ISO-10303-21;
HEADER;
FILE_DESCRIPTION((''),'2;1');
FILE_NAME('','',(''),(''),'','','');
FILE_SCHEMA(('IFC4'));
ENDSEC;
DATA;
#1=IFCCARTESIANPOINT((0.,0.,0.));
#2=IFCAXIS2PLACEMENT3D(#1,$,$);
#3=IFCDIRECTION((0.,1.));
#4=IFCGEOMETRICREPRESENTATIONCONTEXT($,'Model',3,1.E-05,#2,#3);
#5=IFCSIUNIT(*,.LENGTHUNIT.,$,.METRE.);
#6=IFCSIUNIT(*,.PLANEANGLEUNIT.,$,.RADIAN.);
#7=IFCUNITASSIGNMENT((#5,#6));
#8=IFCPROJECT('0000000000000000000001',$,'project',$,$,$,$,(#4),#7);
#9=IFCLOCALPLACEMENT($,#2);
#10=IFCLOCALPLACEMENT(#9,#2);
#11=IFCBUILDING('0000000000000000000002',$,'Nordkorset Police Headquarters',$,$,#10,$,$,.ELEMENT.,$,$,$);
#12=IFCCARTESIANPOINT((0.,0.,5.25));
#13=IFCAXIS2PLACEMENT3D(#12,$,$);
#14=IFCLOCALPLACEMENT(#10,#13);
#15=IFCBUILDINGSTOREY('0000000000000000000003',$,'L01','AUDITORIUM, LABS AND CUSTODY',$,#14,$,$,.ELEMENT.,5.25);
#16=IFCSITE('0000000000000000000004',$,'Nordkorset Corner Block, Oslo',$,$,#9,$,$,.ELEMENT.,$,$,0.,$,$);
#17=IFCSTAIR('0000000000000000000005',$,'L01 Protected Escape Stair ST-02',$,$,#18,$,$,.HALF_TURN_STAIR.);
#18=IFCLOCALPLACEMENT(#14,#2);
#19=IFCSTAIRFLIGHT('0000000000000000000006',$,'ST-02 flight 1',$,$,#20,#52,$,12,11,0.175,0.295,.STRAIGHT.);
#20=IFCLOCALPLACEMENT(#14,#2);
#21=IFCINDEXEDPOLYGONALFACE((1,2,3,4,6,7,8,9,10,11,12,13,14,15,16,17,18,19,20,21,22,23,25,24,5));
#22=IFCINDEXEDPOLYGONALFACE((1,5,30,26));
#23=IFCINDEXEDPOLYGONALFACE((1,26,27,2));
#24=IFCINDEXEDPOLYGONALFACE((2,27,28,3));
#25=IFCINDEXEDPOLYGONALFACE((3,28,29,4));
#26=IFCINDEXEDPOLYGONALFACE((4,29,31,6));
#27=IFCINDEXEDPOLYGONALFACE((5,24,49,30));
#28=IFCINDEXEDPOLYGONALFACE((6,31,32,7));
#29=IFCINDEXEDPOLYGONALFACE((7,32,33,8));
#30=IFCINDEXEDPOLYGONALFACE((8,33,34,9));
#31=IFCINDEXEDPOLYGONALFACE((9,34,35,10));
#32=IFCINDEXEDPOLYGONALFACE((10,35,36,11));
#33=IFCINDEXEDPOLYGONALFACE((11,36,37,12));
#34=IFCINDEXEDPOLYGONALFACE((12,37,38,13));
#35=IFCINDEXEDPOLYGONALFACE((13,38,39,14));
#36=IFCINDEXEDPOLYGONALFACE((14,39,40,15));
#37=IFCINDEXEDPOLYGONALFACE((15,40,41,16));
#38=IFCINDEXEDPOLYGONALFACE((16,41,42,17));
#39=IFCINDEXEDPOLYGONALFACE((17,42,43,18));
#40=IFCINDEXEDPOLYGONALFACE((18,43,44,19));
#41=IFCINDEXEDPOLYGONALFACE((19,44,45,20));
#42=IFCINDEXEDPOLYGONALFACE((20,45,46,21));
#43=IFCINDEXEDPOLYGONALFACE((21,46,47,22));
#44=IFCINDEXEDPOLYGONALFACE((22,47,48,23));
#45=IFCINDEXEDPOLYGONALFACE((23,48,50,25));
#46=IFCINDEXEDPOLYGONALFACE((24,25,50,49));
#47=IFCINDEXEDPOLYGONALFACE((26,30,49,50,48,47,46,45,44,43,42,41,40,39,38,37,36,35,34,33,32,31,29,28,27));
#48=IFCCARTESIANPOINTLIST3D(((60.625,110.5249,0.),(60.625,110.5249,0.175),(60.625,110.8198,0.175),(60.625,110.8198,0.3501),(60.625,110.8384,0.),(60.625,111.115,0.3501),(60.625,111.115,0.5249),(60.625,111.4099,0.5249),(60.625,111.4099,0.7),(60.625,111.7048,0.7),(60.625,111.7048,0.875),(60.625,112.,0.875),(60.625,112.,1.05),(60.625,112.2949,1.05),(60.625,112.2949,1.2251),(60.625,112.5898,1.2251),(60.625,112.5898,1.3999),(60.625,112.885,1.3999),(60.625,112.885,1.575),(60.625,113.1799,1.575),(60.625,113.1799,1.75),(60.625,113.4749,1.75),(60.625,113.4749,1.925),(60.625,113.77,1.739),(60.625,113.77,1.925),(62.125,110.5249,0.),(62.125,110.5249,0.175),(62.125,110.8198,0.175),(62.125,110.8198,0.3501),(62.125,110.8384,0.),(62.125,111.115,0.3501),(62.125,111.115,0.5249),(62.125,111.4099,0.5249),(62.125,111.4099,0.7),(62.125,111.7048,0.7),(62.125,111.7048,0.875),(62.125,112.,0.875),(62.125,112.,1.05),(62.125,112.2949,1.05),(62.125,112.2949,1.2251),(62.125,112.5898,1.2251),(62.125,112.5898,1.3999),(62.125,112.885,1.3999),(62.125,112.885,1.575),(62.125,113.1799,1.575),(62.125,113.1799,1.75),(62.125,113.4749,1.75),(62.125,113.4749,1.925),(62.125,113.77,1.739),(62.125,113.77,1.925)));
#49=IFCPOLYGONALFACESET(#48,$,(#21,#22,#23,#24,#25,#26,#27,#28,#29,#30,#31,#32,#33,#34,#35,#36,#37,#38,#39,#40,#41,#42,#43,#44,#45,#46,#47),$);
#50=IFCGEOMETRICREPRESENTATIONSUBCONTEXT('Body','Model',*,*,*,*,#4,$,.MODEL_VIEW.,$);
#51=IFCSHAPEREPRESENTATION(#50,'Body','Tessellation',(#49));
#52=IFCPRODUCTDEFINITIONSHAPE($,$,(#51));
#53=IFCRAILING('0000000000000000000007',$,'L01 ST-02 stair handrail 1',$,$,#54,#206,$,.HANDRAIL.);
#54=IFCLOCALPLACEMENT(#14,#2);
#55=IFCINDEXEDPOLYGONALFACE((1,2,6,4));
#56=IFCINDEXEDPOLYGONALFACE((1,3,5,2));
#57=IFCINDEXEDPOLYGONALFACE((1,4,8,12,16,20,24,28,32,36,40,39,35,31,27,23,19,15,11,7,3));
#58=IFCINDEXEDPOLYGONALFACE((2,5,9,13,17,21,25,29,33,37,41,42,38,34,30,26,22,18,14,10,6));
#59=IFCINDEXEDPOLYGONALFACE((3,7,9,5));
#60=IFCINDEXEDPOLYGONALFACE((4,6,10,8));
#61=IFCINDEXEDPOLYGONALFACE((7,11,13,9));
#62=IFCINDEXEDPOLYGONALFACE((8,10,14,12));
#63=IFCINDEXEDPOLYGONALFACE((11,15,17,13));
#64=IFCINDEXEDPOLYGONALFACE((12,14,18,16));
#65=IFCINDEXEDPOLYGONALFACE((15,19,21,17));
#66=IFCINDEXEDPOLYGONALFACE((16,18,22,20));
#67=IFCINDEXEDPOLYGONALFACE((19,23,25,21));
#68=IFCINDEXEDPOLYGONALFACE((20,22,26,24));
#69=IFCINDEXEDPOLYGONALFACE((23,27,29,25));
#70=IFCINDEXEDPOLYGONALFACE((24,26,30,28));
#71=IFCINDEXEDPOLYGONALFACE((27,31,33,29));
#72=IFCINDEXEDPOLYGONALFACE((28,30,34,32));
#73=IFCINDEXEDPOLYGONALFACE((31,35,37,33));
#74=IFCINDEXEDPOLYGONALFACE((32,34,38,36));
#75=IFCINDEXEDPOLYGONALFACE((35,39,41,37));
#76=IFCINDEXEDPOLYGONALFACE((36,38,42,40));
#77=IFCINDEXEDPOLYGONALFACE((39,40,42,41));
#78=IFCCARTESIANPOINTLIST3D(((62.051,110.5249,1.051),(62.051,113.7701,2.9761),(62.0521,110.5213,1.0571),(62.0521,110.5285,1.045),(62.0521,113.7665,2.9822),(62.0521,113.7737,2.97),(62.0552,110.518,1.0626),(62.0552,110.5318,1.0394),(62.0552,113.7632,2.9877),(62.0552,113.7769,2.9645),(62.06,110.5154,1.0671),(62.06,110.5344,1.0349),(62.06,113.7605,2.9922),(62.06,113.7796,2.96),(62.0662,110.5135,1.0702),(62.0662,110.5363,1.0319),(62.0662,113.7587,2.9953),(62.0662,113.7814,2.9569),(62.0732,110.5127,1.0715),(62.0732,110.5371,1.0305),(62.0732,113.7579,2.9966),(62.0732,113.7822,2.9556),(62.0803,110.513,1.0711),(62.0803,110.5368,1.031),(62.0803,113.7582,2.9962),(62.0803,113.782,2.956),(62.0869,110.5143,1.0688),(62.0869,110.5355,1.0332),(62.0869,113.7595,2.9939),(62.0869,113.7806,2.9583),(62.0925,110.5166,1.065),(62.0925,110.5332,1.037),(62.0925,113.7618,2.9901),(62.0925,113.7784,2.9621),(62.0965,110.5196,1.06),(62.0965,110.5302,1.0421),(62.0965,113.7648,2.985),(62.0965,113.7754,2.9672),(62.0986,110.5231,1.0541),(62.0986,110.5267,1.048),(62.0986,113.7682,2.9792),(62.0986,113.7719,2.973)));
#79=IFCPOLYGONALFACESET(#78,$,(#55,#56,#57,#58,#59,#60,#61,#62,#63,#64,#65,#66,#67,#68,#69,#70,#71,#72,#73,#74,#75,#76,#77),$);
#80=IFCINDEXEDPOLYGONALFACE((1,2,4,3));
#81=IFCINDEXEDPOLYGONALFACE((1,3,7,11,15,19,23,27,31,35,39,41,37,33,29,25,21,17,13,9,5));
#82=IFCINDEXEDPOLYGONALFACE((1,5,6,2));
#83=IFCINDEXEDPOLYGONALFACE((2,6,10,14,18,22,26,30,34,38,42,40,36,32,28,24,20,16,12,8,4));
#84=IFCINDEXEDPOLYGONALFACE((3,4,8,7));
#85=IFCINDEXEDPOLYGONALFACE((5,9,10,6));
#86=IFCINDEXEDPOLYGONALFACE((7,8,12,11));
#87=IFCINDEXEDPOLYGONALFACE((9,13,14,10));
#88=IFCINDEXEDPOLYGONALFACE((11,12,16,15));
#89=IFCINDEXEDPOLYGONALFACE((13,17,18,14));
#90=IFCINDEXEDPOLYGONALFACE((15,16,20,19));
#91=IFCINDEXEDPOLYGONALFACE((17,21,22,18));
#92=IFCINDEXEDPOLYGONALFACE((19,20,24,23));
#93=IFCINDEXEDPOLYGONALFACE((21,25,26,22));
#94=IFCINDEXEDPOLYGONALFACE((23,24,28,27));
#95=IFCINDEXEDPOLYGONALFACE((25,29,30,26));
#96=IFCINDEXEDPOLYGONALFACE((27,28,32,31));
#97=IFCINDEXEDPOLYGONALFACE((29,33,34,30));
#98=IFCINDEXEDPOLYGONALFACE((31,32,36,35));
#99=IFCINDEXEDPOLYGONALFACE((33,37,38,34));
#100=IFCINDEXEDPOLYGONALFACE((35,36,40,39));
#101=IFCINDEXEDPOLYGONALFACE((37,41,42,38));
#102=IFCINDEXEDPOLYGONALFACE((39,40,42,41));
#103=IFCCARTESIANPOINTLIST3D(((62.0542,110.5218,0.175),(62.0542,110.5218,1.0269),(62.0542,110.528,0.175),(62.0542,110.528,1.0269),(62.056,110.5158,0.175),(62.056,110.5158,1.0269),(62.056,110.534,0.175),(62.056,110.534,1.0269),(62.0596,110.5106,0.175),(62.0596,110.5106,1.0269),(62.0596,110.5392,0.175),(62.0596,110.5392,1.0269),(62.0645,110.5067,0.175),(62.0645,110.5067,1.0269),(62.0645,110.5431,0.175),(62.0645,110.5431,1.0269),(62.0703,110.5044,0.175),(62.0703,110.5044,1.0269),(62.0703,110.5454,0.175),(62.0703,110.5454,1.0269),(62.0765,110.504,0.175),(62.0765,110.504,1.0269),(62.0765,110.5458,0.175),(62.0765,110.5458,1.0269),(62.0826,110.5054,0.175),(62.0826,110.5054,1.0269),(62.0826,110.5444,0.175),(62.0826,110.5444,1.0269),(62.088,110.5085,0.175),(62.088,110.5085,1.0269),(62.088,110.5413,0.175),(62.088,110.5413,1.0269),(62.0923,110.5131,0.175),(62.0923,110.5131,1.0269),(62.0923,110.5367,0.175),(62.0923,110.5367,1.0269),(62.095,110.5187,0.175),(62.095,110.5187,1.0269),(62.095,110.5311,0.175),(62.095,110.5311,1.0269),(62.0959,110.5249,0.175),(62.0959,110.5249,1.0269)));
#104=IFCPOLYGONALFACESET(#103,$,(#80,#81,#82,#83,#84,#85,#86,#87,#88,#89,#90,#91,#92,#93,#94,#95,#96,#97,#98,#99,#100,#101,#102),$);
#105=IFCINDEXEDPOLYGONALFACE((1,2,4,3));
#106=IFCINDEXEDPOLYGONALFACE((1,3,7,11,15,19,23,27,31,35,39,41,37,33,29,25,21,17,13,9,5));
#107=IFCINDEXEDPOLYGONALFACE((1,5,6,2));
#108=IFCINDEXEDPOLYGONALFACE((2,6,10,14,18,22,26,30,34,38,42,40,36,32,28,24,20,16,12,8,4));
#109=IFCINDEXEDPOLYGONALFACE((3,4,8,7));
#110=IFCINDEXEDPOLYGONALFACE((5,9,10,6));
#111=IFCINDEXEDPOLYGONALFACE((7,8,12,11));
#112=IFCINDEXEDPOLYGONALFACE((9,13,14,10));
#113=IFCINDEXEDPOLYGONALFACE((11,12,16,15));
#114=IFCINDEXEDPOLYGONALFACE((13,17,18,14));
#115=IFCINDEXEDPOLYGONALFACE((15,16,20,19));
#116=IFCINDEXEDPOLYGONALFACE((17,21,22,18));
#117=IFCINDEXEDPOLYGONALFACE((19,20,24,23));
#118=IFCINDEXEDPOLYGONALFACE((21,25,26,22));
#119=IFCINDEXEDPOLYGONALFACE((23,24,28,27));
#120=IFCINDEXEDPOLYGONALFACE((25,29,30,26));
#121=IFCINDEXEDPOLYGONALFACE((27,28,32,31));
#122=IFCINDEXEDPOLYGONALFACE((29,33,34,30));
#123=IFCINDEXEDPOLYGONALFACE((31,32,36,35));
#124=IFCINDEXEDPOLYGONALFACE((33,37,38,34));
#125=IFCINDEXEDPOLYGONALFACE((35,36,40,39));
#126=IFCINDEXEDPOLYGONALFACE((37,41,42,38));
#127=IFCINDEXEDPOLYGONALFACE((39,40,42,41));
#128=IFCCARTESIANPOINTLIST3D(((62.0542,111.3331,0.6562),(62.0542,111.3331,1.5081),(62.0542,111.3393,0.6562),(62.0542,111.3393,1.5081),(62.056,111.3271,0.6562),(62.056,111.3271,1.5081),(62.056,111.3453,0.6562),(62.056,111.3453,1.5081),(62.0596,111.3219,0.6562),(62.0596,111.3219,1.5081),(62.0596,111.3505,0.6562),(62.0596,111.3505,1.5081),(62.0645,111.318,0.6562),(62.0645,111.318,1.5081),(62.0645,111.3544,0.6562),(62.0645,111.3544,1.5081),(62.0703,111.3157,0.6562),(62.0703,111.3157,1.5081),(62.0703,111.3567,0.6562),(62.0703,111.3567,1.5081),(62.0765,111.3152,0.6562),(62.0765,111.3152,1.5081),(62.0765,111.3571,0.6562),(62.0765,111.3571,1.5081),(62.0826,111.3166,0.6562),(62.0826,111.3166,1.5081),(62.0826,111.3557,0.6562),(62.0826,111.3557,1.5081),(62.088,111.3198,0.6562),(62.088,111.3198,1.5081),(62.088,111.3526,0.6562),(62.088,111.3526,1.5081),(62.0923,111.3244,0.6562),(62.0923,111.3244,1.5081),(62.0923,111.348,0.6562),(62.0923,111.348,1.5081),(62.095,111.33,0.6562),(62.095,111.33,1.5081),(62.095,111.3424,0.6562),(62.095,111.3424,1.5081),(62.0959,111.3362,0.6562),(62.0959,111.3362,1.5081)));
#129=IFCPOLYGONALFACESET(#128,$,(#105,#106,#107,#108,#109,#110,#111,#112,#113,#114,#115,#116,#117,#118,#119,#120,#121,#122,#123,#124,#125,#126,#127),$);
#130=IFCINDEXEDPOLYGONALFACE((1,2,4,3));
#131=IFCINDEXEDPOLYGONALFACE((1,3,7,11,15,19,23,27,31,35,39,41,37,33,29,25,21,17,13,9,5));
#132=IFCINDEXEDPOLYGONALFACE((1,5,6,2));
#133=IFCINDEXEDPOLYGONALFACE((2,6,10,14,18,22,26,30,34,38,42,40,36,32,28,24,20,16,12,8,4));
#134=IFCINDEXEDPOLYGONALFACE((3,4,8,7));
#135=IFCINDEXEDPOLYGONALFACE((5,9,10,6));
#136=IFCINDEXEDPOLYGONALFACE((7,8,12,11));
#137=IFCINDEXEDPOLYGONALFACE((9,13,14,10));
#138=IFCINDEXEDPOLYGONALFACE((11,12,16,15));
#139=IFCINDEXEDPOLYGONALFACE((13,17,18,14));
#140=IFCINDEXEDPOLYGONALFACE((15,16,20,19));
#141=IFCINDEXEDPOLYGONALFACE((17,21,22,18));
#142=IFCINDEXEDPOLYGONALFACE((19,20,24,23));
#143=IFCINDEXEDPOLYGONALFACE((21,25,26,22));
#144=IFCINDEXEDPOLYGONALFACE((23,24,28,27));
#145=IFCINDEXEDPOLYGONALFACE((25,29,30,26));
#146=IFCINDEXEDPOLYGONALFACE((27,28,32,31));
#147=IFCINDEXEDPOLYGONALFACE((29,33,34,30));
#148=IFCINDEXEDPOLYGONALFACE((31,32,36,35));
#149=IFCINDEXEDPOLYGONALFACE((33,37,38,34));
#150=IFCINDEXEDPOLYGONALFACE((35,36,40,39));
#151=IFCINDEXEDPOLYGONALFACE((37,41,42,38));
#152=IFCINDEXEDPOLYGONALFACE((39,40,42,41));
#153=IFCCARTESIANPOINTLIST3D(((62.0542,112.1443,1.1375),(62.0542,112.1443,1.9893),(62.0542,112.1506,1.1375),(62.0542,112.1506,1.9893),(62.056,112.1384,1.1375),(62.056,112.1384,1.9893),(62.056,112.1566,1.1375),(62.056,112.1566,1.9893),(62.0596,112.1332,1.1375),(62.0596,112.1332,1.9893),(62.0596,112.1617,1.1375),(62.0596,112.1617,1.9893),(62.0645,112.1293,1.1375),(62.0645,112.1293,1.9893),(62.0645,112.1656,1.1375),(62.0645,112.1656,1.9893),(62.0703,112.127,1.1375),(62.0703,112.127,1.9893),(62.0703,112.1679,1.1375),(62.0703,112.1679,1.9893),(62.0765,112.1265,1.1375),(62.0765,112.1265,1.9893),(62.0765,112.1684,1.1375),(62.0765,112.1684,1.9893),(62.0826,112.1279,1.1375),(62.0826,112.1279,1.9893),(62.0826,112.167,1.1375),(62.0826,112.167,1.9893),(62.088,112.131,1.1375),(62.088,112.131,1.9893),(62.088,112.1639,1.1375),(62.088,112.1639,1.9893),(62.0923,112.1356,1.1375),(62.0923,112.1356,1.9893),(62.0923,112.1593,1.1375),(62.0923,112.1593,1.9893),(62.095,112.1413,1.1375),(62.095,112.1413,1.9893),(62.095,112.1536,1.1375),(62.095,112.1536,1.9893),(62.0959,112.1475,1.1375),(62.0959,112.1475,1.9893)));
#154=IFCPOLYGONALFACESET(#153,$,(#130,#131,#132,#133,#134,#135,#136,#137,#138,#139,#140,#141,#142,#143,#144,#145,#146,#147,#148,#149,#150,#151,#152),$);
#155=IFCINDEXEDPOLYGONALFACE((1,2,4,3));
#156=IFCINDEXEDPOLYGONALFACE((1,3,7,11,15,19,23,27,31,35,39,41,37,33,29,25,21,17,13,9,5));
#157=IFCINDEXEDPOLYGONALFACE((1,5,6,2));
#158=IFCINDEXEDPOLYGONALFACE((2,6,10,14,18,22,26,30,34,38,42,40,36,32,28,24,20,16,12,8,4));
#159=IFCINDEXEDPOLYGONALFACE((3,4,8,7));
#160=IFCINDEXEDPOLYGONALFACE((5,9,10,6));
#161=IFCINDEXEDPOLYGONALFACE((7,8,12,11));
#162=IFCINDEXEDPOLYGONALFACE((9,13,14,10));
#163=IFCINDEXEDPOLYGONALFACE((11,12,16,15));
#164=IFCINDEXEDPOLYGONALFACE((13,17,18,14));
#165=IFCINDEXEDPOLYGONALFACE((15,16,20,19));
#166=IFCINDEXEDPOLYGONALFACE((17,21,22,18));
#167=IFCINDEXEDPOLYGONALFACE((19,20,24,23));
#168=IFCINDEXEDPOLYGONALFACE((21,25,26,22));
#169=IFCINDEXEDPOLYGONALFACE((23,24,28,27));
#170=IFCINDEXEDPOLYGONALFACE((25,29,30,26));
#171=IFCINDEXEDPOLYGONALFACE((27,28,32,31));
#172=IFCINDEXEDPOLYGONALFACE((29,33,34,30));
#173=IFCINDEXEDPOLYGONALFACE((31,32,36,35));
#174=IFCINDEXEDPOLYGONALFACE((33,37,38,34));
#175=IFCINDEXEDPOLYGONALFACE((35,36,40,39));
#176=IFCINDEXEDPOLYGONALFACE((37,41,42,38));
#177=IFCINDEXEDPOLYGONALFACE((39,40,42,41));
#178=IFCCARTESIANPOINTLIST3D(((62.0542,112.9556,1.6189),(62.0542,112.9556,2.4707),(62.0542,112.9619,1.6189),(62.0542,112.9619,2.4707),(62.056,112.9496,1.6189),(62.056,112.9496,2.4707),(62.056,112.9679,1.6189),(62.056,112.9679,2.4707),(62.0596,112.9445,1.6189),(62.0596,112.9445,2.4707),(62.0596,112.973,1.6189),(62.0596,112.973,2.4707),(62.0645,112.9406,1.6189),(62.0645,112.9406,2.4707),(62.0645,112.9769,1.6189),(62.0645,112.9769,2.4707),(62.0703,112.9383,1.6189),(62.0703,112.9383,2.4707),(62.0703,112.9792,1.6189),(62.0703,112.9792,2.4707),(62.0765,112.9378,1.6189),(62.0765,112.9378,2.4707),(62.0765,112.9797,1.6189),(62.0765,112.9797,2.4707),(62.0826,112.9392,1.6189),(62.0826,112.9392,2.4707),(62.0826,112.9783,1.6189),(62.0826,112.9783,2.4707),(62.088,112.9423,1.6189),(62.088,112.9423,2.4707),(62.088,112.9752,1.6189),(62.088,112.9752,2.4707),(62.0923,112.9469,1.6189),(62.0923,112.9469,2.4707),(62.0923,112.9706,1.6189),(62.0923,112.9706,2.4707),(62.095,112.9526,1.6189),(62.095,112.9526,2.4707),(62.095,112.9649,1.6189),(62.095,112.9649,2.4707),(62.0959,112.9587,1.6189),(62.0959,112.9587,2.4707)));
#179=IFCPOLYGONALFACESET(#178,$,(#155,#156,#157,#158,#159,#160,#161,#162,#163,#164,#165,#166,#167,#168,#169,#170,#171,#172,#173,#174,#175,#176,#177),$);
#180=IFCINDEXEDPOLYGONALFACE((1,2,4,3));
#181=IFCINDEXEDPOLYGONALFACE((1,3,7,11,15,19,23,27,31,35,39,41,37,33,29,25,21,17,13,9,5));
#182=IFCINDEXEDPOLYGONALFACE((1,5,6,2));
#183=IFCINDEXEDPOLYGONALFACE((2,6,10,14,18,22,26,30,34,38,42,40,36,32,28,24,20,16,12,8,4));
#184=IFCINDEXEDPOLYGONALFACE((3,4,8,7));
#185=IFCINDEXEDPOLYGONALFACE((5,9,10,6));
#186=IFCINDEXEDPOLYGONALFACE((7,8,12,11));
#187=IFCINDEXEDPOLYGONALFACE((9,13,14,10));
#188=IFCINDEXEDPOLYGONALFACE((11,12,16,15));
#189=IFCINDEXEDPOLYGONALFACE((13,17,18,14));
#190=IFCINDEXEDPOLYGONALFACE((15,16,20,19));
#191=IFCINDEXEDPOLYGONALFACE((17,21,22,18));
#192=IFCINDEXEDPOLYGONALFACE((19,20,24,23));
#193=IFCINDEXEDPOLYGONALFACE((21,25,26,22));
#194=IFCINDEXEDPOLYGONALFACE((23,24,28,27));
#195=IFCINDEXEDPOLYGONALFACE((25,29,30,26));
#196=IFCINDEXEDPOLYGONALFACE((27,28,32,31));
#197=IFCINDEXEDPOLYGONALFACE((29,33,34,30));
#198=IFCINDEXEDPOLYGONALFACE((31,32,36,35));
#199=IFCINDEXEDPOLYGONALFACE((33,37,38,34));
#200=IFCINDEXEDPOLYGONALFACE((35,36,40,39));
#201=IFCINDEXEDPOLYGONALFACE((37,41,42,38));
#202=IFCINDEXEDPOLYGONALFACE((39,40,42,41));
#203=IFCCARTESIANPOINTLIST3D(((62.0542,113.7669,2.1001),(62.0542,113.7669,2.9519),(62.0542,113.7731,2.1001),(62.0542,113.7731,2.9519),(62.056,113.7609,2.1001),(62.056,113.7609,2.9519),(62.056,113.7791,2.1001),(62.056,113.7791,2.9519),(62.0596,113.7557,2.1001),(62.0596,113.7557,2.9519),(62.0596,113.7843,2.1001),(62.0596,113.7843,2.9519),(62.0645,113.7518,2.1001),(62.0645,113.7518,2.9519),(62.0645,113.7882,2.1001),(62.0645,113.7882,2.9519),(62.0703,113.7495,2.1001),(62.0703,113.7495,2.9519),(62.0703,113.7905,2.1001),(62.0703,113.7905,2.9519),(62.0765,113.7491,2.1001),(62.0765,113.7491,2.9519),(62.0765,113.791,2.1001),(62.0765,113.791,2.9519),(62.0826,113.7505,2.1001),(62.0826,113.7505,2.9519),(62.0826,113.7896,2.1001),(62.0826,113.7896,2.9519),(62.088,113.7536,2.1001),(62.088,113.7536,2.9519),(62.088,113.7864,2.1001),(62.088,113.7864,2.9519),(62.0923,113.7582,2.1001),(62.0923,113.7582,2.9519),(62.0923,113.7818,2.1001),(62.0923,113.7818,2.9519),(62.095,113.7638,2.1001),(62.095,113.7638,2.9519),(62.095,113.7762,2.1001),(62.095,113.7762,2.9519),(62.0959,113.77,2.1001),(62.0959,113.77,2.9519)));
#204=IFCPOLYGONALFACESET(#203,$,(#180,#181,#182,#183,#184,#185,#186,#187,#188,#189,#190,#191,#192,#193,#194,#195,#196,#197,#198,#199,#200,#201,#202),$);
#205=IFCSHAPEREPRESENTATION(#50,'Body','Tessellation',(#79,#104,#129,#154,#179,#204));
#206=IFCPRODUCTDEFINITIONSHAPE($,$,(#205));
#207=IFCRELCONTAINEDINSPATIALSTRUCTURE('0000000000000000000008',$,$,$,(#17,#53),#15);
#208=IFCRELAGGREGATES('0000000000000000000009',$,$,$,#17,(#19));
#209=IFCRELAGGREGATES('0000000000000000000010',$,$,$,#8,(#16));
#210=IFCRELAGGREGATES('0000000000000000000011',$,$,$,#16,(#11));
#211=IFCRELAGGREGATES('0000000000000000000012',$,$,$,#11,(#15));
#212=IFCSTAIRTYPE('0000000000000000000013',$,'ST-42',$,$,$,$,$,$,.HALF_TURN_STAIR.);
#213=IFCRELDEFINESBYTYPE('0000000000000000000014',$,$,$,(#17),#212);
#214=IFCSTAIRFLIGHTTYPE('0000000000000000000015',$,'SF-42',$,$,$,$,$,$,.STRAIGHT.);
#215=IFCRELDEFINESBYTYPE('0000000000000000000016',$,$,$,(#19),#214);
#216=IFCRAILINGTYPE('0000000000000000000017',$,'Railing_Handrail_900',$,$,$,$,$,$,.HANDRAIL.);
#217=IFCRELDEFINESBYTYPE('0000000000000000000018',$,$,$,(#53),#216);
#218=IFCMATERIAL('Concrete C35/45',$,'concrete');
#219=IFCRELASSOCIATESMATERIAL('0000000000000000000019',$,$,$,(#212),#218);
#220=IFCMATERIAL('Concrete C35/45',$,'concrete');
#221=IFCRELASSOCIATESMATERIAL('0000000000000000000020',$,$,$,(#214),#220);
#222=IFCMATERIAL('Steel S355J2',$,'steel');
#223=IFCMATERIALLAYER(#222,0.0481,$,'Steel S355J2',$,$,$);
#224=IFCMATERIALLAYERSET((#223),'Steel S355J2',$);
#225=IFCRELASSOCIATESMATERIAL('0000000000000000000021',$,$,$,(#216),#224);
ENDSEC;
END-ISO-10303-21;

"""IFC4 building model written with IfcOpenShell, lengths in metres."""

from ifc_helpers import new_model, si_unit, direction, frame, origin, origin_2d, place, context, subcontext, project, spatial, polyline, circle, outline, extrude, material, layer, layer_set, type_object, element, aggregate, save


model = new_model("IFC4")

# Units and contexts
model_context = context("Model", 3, precision=1e-05, world=origin(), true_north=direction((0.0, 1.0)))
body_context = subcontext(model_context, "Body", "Model", "MODEL_VIEW")
ifc_project = project(units=[si_unit("LENGTHUNIT", "METRE"), si_unit("PLANEANGLEUNIT", "RADIAN")], contexts=[model_context])

# Site, building, storey
site_placement = place(None, origin())
site = spatial("IfcSite", under=ifc_project, at=site_placement, Name="Nordkorset Corner Block, Oslo", CompositionType="ELEMENT", RefElevation=0.0)
building_placement = place(site_placement, origin())
building = spatial("IfcBuilding", under=site, at=building_placement, Name="Nordkorset Police Headquarters", CompositionType="ELEMENT")
storey_placement = place(building_placement, frame((0.0, 0.0, 5.25)))
storey = spatial("IfcBuildingStorey", under=building, at=storey_placement, Name="L01", Description="AUDITORIUM, LABS AND CUSTODY", CompositionType="ELEMENT", Elevation=5.25)

# Stair, stair flight
ifc_material_1 = material(Name="Concrete C35/45", Category="concrete")
stair_type = type_object("IfcStairType", Name="ST-42", PredefinedType="HALF_TURN_STAIR", material=ifc_material_1)
stair_placement = place(storey_placement, origin())
stair = element("IfcStair", 1, at=stair_placement, inside=storey, type_object=stair_type, Name="L01 Protected Escape Stair ST-02", PredefinedType="HALF_TURN_STAIR")
ifc_material_2 = material(Name="Concrete C35/45", Category="concrete")
stair_flight_type = type_object("IfcStairFlightType", Name="SF-42", PredefinedType="STRAIGHT", material=ifc_material_2)
stair_flight_placement = place(storey_placement, frame((61.375, 110.5249, 0.0), z_axis=(0.0, 0.0, 1.0), x_axis=(0.0, 1.0, 0.0)))
stair_flight = element("IfcStairFlight", 2, at=stair_flight_placement, type_object=stair_flight_type, Name="ST-02 flight 1", NumberOfRisers=12, NumberOfTreads=11, PredefinedType="STRAIGHT", RiserHeight=0.175, TreadLength=0.295, context=body_context, shape_type="SweptSolid", body=[
    extrude(outline(polyline([(0.0, 0.0), (0.0, 0.175), (0.2949, 0.175), (0.2949, 0.3501), (0.5901, 0.3501), (0.5901, 0.5249), (0.885, 0.5249), (0.885, 0.7), (1.1799, 0.7), (1.1799, 0.875), (1.4751, 0.875), (1.4751, 1.05), (1.77, 1.05), (1.77, 1.2251), (2.0649, 1.2251), (2.0649, 1.3999), (2.3601, 1.3999), (2.3601, 1.575), (2.655, 1.575), (2.655, 1.75), (2.95, 1.75), (2.95, 1.925), (3.2451, 1.925), (3.2451, 2.1001), (3.2451, 1.739), (0.3135, 0.0), (0.0, 0.0)])), frame((0.0, 0.75, 0.0), z_axis=(0.0, -1.0, 0.0), x_axis=(1.0, 0.0, 0.0)), (0.0, 0.0, 1.0), 1.5),
])
aggregate(stair, [stair_flight])

# Railing
ifc_material_3 = material(Name="Steel S355J2", Category="steel")
ifc_layer_1 = layer(ifc_material_3, 0.0481, Name="Steel S355J2")
ifc_layer_set_1 = layer_set([ifc_layer_1], Name="Steel S355J2")
railing_type_1 = type_object("IfcRailingType", Name="Railing_Handrail_900", PredefinedType="HANDRAIL", material=ifc_layer_set_1)
railing_1_placement = place(storey_placement, frame((62.075, 110.5249, 0.175)))
element("IfcRailing", 3, at=railing_1_placement, inside=storey, type_object=railing_type_1, Name="L01 ST-02 stair handrail 1", PredefinedType="HANDRAIL", context=body_context, shape_type="SweptSolid", body=[
    extrude(circle(Radius=0.0239, at=origin_2d()), frame((0.0, 0.0, 0.876), z_axis=(0.0, 0.860057, 0.510198), x_axis=(-1.0, 0.0, 0.0)), (0.0, 0.0, 1.0), 3.7732),
    extrude(circle(Radius=0.021, at=origin_2d()), origin(), (0.0, 0.0, 1.0), 0.8518),
    extrude(circle(Radius=0.021, at=origin_2d()), frame((0.0, 0.8113, 0.4812)), (0.0, 0.0, 1.0), 0.8518),
    extrude(circle(Radius=0.021, at=origin_2d()), frame((0.0, 1.6226, 0.9624)), (0.0, 0.0, 1.0), 0.8518),
    extrude(circle(Radius=0.021, at=origin_2d()), frame((0.0, 2.4338, 1.4438)), (0.0, 0.0, 1.0), 0.8518),
    extrude(circle(Radius=0.021, at=origin_2d()), frame((0.0, 3.2451, 1.925)), (0.0, 0.0, 1.0), 0.8518),
])

save(model, "model.ifc")
